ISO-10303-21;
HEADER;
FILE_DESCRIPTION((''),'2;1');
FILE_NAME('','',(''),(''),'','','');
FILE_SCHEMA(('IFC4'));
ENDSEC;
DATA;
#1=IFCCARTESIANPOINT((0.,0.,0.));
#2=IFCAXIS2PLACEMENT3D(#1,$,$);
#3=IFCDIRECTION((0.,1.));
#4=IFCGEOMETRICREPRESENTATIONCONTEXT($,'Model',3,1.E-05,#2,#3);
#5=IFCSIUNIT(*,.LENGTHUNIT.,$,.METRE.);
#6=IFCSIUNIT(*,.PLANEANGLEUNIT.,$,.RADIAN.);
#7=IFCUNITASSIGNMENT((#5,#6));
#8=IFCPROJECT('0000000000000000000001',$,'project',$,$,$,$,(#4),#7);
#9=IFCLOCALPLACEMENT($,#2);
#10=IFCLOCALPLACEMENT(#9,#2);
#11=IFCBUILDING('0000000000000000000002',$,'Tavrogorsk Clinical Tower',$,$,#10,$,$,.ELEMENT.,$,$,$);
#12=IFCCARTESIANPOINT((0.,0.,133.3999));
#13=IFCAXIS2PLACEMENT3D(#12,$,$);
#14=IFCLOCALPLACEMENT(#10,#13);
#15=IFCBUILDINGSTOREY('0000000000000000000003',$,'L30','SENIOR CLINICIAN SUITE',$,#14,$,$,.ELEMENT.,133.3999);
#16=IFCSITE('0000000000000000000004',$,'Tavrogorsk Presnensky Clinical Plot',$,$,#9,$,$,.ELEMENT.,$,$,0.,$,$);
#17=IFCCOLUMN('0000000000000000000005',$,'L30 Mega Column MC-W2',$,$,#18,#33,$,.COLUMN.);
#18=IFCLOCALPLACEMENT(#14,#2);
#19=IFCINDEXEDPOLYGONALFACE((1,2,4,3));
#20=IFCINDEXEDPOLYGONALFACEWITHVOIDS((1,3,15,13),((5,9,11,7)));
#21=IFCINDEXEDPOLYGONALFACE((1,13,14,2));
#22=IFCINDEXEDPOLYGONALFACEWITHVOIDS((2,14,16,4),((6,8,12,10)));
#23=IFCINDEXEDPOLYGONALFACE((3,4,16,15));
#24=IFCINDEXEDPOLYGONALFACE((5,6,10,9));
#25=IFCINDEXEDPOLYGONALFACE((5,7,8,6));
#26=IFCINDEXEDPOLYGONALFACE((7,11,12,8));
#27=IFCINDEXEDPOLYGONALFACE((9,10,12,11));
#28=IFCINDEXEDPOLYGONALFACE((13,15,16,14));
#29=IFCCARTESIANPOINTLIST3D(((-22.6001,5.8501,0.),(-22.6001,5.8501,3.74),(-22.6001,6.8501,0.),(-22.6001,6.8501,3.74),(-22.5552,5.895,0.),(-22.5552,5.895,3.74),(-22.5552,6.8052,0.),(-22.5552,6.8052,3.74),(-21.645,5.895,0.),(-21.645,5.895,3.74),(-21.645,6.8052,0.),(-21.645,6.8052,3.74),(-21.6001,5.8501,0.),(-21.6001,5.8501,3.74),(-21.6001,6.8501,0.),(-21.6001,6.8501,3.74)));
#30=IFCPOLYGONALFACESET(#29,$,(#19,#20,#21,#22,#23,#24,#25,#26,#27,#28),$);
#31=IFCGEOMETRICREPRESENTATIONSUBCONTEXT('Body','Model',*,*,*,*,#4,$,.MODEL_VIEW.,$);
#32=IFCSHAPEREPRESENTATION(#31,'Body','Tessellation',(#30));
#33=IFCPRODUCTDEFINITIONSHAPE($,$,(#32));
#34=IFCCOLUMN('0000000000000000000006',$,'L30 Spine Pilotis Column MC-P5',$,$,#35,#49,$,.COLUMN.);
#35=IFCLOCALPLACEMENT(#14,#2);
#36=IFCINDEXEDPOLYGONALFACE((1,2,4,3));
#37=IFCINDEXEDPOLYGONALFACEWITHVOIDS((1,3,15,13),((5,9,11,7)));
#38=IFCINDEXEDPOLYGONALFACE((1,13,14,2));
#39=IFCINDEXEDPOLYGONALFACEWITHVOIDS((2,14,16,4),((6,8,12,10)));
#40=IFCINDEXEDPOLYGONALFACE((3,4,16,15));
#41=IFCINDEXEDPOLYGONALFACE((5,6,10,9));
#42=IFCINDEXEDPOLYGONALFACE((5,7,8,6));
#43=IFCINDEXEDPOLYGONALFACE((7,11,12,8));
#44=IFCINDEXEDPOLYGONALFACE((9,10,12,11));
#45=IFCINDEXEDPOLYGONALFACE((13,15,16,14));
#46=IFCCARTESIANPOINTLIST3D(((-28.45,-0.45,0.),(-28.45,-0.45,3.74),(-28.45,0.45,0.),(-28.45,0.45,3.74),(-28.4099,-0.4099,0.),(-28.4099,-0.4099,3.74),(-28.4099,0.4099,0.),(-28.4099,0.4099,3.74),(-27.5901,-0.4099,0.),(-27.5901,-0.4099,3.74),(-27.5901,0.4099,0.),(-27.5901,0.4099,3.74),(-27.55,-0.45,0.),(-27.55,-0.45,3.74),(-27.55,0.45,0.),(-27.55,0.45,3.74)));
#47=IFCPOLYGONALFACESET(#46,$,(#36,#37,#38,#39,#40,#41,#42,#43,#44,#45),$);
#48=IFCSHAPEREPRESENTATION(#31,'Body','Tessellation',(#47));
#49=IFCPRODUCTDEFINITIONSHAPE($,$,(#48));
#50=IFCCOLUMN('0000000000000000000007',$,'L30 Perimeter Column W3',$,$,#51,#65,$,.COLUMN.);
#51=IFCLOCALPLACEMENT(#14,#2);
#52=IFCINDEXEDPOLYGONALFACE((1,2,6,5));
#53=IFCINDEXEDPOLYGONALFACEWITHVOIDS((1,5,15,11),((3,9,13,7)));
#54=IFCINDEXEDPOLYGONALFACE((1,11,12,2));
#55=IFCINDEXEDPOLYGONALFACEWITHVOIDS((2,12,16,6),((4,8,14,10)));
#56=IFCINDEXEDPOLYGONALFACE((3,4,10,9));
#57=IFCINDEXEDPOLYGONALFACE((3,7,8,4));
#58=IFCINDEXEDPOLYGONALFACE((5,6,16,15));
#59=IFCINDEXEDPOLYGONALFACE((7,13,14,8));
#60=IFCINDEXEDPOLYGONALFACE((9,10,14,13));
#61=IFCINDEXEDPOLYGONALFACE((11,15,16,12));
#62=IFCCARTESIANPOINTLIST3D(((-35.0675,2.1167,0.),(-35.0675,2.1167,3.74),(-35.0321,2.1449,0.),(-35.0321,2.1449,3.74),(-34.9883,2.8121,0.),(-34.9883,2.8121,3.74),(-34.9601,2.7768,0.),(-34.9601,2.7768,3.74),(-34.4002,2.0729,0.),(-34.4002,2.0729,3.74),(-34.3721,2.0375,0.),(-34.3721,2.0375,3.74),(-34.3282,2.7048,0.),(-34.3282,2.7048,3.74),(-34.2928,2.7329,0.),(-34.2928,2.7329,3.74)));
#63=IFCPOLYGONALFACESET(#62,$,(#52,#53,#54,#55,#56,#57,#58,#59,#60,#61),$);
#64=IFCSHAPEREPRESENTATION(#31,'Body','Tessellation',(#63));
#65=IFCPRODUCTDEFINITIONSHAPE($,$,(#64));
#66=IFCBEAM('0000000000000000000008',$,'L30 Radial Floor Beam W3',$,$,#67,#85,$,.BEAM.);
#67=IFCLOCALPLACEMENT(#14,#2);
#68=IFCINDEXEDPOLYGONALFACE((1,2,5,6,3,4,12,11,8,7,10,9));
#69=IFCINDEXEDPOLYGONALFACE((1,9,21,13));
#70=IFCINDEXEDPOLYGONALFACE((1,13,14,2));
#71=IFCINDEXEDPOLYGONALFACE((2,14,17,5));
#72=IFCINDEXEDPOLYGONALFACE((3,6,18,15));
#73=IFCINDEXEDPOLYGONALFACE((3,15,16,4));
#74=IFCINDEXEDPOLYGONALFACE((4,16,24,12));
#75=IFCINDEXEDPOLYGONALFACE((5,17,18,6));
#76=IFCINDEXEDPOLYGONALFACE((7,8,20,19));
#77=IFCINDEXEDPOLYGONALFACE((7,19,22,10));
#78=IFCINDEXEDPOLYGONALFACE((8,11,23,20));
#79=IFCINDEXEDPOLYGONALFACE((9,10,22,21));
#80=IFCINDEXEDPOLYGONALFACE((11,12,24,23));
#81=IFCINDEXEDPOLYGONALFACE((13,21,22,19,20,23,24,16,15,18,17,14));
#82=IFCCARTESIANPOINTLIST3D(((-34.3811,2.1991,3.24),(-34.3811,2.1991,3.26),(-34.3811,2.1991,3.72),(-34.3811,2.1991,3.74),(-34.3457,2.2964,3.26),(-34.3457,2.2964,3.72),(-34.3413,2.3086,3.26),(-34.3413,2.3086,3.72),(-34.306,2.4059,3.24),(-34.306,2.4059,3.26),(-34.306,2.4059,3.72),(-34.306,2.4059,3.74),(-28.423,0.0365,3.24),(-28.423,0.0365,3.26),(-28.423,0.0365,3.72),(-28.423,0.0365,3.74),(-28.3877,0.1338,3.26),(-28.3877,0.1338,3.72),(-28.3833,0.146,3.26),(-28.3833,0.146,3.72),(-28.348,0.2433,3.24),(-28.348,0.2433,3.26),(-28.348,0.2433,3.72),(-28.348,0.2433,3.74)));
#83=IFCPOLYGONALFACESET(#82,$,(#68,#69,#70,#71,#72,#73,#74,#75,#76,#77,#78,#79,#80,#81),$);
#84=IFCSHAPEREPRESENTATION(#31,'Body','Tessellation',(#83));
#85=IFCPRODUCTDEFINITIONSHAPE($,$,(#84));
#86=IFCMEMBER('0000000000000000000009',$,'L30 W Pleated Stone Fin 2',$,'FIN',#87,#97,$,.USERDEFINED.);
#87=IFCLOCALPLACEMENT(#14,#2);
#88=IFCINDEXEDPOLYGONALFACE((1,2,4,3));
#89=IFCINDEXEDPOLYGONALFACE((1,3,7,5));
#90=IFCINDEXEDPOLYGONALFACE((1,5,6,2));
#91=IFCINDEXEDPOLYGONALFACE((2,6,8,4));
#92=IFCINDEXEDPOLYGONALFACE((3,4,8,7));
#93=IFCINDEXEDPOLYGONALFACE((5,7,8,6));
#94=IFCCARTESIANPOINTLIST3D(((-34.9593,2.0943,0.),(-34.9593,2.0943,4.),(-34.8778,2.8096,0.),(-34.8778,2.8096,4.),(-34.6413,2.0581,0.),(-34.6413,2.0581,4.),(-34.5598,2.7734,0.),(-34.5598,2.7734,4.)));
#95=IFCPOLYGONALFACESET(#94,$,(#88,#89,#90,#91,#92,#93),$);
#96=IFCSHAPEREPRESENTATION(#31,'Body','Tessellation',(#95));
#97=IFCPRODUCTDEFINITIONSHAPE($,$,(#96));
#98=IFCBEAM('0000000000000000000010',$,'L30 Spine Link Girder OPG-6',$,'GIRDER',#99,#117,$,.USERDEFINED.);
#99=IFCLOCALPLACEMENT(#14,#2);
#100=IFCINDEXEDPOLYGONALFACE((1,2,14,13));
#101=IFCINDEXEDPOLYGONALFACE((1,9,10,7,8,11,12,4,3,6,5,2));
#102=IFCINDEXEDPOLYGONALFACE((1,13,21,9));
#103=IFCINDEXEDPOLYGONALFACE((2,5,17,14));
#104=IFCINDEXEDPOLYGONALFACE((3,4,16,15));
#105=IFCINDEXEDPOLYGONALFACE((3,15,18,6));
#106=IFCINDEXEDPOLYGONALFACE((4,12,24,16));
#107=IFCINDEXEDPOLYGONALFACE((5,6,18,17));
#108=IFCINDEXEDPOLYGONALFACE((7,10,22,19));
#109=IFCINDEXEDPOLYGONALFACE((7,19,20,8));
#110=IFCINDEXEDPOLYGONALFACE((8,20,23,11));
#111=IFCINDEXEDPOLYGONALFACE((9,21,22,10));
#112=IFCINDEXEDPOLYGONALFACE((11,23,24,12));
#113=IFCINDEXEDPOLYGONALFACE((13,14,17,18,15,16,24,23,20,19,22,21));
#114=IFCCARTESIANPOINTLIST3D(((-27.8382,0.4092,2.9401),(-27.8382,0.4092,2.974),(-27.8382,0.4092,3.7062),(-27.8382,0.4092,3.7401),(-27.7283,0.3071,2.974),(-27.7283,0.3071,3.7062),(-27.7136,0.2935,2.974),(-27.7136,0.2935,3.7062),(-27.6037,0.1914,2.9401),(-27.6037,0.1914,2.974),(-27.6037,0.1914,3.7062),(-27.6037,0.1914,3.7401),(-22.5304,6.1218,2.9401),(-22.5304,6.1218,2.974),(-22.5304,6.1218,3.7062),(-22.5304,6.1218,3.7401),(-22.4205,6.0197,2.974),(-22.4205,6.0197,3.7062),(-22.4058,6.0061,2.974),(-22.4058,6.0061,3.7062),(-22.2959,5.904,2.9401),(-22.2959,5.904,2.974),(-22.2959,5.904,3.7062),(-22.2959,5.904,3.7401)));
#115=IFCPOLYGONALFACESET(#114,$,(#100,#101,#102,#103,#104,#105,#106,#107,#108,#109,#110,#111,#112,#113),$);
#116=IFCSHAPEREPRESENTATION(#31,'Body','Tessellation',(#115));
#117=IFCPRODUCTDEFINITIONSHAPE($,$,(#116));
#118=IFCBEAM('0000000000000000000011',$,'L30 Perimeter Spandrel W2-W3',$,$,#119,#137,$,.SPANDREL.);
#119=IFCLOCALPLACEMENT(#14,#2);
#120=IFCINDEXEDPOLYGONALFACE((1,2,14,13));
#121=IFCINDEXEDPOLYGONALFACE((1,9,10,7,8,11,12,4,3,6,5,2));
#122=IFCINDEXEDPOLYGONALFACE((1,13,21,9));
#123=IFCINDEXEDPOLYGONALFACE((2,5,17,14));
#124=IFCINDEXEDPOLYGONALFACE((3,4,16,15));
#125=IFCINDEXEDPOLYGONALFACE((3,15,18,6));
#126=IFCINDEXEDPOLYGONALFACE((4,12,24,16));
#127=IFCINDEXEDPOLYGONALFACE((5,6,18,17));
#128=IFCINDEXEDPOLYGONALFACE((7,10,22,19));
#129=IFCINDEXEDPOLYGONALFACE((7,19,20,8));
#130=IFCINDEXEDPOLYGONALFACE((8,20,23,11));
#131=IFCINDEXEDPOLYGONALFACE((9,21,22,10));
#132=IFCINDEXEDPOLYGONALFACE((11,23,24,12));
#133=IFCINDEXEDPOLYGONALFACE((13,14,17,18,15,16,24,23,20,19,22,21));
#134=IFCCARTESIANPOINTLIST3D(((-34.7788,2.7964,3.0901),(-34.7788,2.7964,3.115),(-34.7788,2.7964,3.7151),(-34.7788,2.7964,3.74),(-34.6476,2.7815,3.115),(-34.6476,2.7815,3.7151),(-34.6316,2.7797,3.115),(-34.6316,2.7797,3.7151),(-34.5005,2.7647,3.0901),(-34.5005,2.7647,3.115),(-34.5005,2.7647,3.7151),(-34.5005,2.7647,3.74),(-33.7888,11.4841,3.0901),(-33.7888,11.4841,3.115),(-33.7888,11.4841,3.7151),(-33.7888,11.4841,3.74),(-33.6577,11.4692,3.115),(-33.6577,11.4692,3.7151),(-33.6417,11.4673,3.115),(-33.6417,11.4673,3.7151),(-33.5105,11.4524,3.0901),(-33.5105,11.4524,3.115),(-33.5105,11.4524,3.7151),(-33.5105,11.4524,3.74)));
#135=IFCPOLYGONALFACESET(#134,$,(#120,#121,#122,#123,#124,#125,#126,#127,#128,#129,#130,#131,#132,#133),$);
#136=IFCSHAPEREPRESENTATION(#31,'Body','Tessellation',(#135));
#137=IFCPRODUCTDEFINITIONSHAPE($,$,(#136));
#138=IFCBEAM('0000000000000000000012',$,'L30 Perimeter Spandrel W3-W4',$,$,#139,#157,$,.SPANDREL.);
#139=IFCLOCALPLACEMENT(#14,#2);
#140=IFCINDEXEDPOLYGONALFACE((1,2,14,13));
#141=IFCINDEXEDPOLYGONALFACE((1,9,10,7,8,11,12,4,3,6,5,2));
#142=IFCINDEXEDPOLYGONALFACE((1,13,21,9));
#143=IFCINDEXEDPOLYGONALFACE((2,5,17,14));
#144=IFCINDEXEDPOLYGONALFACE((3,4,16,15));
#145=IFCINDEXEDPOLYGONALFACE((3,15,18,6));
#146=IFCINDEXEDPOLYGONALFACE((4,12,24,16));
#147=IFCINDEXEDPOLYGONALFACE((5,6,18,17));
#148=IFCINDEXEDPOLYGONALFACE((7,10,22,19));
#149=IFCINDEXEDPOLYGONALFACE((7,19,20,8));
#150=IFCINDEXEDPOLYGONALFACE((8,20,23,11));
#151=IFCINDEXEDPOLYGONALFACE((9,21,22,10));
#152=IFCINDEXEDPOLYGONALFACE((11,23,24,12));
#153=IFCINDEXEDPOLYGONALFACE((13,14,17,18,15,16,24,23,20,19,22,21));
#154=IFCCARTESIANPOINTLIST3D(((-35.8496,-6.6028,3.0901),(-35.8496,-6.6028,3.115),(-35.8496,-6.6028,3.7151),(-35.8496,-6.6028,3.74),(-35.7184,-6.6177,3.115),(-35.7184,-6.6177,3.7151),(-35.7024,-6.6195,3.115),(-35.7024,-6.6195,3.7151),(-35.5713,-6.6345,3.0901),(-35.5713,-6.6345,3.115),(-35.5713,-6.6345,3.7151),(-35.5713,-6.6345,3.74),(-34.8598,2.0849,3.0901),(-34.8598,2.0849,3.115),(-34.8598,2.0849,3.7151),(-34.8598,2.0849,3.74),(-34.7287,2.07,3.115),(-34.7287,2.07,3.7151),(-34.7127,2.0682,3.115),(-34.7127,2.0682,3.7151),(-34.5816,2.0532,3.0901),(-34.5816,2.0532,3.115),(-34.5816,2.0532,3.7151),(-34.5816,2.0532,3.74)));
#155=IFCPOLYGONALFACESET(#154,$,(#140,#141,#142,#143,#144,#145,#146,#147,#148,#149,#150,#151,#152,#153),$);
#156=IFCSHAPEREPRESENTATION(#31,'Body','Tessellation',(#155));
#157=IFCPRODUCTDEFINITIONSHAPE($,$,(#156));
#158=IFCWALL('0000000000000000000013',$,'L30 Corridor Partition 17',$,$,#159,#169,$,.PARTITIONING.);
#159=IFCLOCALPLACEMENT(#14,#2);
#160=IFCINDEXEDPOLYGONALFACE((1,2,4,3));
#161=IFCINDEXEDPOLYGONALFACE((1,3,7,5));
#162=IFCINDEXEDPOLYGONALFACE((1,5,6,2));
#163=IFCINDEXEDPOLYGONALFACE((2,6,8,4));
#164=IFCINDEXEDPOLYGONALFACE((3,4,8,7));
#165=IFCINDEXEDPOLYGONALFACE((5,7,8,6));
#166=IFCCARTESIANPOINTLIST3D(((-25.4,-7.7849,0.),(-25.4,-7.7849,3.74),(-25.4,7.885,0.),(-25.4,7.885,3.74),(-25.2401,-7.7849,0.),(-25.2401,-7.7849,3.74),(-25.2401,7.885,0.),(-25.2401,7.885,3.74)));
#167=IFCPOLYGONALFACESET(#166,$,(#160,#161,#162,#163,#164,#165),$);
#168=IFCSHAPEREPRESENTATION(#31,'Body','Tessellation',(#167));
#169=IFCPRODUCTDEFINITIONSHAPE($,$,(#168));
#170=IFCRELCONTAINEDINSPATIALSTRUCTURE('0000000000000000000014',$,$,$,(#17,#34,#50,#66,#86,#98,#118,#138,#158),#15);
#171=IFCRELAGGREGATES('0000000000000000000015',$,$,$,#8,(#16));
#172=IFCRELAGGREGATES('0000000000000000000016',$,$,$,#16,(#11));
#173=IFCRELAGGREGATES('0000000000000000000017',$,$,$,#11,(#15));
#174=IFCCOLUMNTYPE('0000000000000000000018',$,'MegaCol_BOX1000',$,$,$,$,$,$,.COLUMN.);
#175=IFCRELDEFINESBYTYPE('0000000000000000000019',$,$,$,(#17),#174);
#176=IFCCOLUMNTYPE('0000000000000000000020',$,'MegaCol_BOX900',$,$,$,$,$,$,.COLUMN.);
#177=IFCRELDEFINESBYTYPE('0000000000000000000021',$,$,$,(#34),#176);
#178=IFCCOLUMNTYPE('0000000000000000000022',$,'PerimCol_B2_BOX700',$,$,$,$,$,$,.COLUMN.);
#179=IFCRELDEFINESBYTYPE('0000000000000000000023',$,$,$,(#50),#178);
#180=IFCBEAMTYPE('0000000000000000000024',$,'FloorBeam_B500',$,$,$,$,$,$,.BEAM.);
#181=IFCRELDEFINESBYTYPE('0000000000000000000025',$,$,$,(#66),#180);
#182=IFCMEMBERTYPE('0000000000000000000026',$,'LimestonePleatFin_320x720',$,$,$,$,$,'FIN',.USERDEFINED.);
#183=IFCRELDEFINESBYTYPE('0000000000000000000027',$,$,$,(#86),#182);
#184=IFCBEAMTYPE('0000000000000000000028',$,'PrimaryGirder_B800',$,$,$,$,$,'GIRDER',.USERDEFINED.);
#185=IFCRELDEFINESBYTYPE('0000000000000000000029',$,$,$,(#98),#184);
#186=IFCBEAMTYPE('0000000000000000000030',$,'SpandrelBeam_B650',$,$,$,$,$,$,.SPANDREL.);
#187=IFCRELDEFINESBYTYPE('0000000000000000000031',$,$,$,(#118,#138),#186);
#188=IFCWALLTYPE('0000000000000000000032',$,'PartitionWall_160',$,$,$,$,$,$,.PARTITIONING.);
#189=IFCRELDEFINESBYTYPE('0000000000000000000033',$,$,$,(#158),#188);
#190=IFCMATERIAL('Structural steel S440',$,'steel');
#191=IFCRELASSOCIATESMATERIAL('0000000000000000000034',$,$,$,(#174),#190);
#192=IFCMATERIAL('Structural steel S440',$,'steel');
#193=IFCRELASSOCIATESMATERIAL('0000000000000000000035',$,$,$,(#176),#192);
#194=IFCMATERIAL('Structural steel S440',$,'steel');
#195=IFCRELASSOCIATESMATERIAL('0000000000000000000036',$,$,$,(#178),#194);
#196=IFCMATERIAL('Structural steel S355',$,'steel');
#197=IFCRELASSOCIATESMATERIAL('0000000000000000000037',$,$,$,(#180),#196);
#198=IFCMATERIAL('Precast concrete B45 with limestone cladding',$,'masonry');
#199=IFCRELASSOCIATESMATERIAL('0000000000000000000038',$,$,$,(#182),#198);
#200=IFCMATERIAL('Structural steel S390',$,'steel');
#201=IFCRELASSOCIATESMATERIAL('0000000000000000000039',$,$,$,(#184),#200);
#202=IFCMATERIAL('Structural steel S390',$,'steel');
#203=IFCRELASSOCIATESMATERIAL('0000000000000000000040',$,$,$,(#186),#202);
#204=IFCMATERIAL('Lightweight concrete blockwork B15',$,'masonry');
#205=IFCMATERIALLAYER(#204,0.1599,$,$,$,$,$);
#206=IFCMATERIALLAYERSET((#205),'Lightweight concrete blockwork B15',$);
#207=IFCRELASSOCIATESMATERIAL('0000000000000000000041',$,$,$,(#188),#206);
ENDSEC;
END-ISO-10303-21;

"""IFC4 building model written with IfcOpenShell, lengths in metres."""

from ifc_helpers import new_model, si_unit, direction, frame, frame_2d, origin, origin_2d, place, context, subcontext, project, spatial, rectangle, hollow_rectangle, i_section, extrude, material, layer, layer_set, material_profile, profile_set, type_object, element, save


model = new_model("IFC4")

# Units and contexts
model_context = context("Model", 3, precision=1e-05, world=origin(), true_north=direction((0.0, 1.0)))
body_context = subcontext(model_context, "Body", "Model", "MODEL_VIEW")
ifc_project = project(units=[si_unit("LENGTHUNIT", "METRE"), si_unit("PLANEANGLEUNIT", "RADIAN")], contexts=[model_context])

# Site, building, storey
site_placement = place(None, origin())
site = spatial("IfcSite", under=ifc_project, at=site_placement, Name="Tavrogorsk Presnensky Clinical Plot", CompositionType="ELEMENT", RefElevation=0.0)
building_placement = place(site_placement, origin())
building = spatial("IfcBuilding", under=site, at=building_placement, Name="Tavrogorsk Clinical Tower", CompositionType="ELEMENT")
storey_placement = place(building_placement, frame((0.0, 0.0, 133.3999)))
storey = spatial("IfcBuildingStorey", under=building, at=storey_placement, Name="L30", Description="SENIOR CLINICIAN SUITE", CompositionType="ELEMENT", Elevation=133.3999)

# Columns
ifc_material_1 = material(Name="Structural steel S440", Category="steel")
ifc_material_profile_1 = material_profile(ifc_material_1, hollow_rectangle(XDim=1.0, YDim=1.0, WallThickness=0.0449, at=origin_2d()), Name="BOX-1000x1000x45")
ifc_profile_set_1 = profile_set([ifc_material_profile_1], Name="Structural steel S440")
column_type_1 = type_object("IfcColumnType", Name="MegaCol_BOX1000", PredefinedType="COLUMN", material=ifc_profile_set_1)
column_1_placement = place(storey_placement, frame((-22.1001, 6.3501, 0.0), z_axis=(0.0, 0.0, 1.0), x_axis=(1.0, 0.0, 0.0)))
element("IfcColumn", 1, at=column_1_placement, inside=storey, type_object=column_type_1, Name="L30 Mega Column MC-W2", PredefinedType="COLUMN", context=body_context, shape_type="SweptSolid", body=[
    extrude(hollow_rectangle(XDim=1.0, YDim=1.0, WallThickness=0.0449, at=origin_2d()), origin(), (0.0, 0.0, 1.0), 3.74),
])
ifc_material_2 = material(Name="Structural steel S440", Category="steel")
ifc_material_profile_2 = material_profile(ifc_material_2, hollow_rectangle(XDim=0.8999, YDim=0.8999, WallThickness=0.04, at=origin_2d()), Name="BOX-900x900x40")
ifc_profile_set_2 = profile_set([ifc_material_profile_2], Name="Structural steel S440")
column_type_2 = type_object("IfcColumnType", Name="MegaCol_BOX900", PredefinedType="COLUMN", material=ifc_profile_set_2)
column_2_placement = place(storey_placement, frame((-28.0, 0.0, 0.0), z_axis=(0.0, 0.0, 1.0), x_axis=(1.0, 0.0, 0.0)))
element("IfcColumn", 2, at=column_2_placement, inside=storey, type_object=column_type_2, Name="L30 Spine Pilotis Column MC-P5", PredefinedType="COLUMN", context=body_context, shape_type="SweptSolid", body=[
    extrude(hollow_rectangle(XDim=0.8999, YDim=0.8999, WallThickness=0.04, at=origin_2d()), origin(), (0.0, 0.0, 1.0), 3.74),
])
ifc_material_3 = material(Name="Structural steel S440", Category="steel")
ifc_material_profile_3 = material_profile(ifc_material_3, hollow_rectangle(XDim=0.7, YDim=0.7, WallThickness=0.032, at=origin_2d()), Name="BOX-700x700x32")
ifc_profile_set_3 = profile_set([ifc_material_profile_3], Name="Structural steel S440")
column_type_3 = type_object("IfcColumnType", Name="PerimCol_B2_BOX700", PredefinedType="COLUMN", material=ifc_profile_set_3)
column_3_placement = place(storey_placement, frame((-34.6802, 2.4248, 0.0), z_axis=(0.0, 0.0, 1.0), x_axis=(0.993572, -0.113203, 0.0)))
element("IfcColumn", 3, at=column_3_placement, inside=storey, type_object=column_type_3, Name="L30 Perimeter Column W3", PredefinedType="COLUMN", context=body_context, shape_type="SweptSolid", body=[
    extrude(hollow_rectangle(XDim=0.7, YDim=0.7, WallThickness=0.032, at=origin_2d()), origin(), (0.0, 0.0, 1.0), 3.74),
])

# Beam
ifc_material_4 = material(Name="Structural steel S355", Category="steel")
ifc_material_profile_4 = material_profile(ifc_material_4, i_section(OverallWidth=0.22, OverallDepth=0.5, WebThickness=0.0129, FlangeThickness=0.02, at=origin_2d()), Name="B-500x220x13x20")
ifc_profile_set_4 = profile_set([ifc_material_profile_4], Name="Structural steel S355")
beam_type_1 = type_object("IfcBeamType", Name="FloorBeam_B500", PredefinedType="BEAM", material=ifc_profile_set_4)
beam_1_placement = place(storey_placement, frame((-28.3855, 0.1399, 3.49), z_axis=(-0.939993, 0.341193, 0.0), x_axis=(-0.341193, -0.939993, 0.0)))
element("IfcBeam", 4, at=beam_1_placement, inside=storey, type_object=beam_type_1, Name="L30 Radial Floor Beam W3", PredefinedType="BEAM", context=body_context, shape_type="SweptSolid", body=[
    extrude(i_section(OverallWidth=0.22, OverallDepth=0.5, WebThickness=0.0129, FlangeThickness=0.02, at=origin_2d()), origin(), (0.0, 0.0, 1.0), 6.3384),
])

# Member
ifc_material_5 = material(Name="Precast concrete B45 with limestone cladding", Category="masonry")
ifc_material_profile_5 = material_profile(ifc_material_5, rectangle(XDim=0.3201, YDim=0.72, at=origin_2d()), Name="LIMESTONE-FIN-320x720")
ifc_profile_set_5 = profile_set([ifc_material_profile_5], Name="Precast concrete B45 with limestone cladding")
member_type = type_object("IfcMemberType", Name="LimestonePleatFin_320x720", ElementType="FIN", PredefinedType="USERDEFINED", material=ifc_profile_set_5)
member_placement = place(storey_placement, frame((-34.7595, 2.4338, 0.0), z_axis=(0.0, 0.0, 1.0), x_axis=(0.993572, -0.113203, 0.0)))
element("IfcMember", 5, at=member_placement, inside=storey, type_object=member_type, Name="L30 W Pleated Stone Fin 2", ObjectType="FIN", PredefinedType="USERDEFINED", context=body_context, shape_type="SweptSolid", body=[
    extrude(rectangle(XDim=0.3201, YDim=0.72, at=origin_2d()), origin(), (0.0, 0.0, 1.0), 4.0),
])

# Beams
ifc_material_6 = material(Name="Structural steel S390", Category="steel")
ifc_material_profile_6 = material_profile(ifc_material_6, i_section(OverallWidth=0.3201, OverallDepth=0.8, WebThickness=0.02, FlangeThickness=0.0339, at=origin_2d()), Name="B-800x320x20x34")
ifc_profile_set_6 = profile_set([ifc_material_profile_6], Name="Structural steel S390")
beam_type_2 = type_object("IfcBeamType", Name="PrimaryGirder_B800", ElementType="GIRDER", PredefinedType="USERDEFINED", material=ifc_profile_set_6)
beam_2_placement = place(storey_placement, frame((-27.7209, 0.3003, 3.3401), z_axis=(0.680676, 0.732585, 0.0), x_axis=(-0.732585, 0.680676, 0.0)))
element("IfcBeam", 6, at=beam_2_placement, inside=storey, type_object=beam_type_2, Name="L30 Spine Link Girder OPG-6", ObjectType="GIRDER", PredefinedType="USERDEFINED", context=body_context, shape_type="SweptSolid", body=[
    extrude(i_section(OverallWidth=0.3201, OverallDepth=0.8, WebThickness=0.02, FlangeThickness=0.0339, at=origin_2d()), origin(), (0.0, 0.0, 1.0), 7.7979),
])
ifc_material_7 = material(Name="Structural steel S390", Category="steel")
ifc_material_profile_7 = material_profile(ifc_material_7, i_section(OverallWidth=0.28, OverallDepth=0.6499, WebThickness=0.0161, FlangeThickness=0.0249, at=origin_2d()), Name="B-650x280x16x25")
ifc_profile_set_7 = profile_set([ifc_material_profile_7], Name="Structural steel S390")
beam_type_3 = type_object("IfcBeamType", Name="SpandrelBeam_B650", PredefinedType="SPANDREL", material=ifc_profile_set_7)
for number, where, z_axis, x_axis, name in (
    (7, (-33.6497, 11.4683, 3.415), (-0.11322, -0.99357, 0.0), (0.99357, -0.11322, 0.0), "L30 Perimeter Spandrel W2-W3"),
    (8, (-34.7207, 2.0691, 3.415), (-0.113192, -0.993573, 0.0), (0.993573, -0.113192, 0.0), "L30 Perimeter Spandrel W3-W4"),
):
    element("IfcBeam", number, at=place(storey_placement, frame(where, z_axis=z_axis, x_axis=x_axis)), inside=storey, type_object=beam_type_3, Name=name, PredefinedType="SPANDREL", context=body_context, shape_type="SweptSolid", body=[
        extrude(i_section(OverallWidth=0.28, OverallDepth=0.6499, WebThickness=0.0161, FlangeThickness=0.0249, at=origin_2d()), origin(), (0.0, 0.0, 1.0), 8.7439),
    ])

# Shared definitions
ifc_material_8 = material(Name="Lightweight concrete blockwork B15", Category="masonry")
ifc_layer_1 = layer(ifc_material_8, 0.1599)
ifc_layer_set_1 = layer_set([ifc_layer_1], Name="Lightweight concrete blockwork B15")
wall_type_1 = type_object("IfcWallType", Name="PartitionWall_160", PredefinedType="PARTITIONING", material=ifc_layer_set_1)

# Wall
wall_1_placement = place(storey_placement, frame((-25.3201, 7.885, 0.0), z_axis=(0.0, 0.0, 1.0), x_axis=(0.0, -1.0, 0.0)))
element("IfcWall", 9, at=wall_1_placement, inside=storey, type_object=wall_type_1, Name="L30 Corridor Partition 17", PredefinedType="PARTITIONING", context=body_context, shape_type="SweptSolid", body=[
    extrude(rectangle(XDim=15.6699, YDim=0.1599, at=frame_2d((7.835, 0.0))), origin(), (0.0, 0.0, 1.0), 3.74),
])

save(model, "model.ifc")
